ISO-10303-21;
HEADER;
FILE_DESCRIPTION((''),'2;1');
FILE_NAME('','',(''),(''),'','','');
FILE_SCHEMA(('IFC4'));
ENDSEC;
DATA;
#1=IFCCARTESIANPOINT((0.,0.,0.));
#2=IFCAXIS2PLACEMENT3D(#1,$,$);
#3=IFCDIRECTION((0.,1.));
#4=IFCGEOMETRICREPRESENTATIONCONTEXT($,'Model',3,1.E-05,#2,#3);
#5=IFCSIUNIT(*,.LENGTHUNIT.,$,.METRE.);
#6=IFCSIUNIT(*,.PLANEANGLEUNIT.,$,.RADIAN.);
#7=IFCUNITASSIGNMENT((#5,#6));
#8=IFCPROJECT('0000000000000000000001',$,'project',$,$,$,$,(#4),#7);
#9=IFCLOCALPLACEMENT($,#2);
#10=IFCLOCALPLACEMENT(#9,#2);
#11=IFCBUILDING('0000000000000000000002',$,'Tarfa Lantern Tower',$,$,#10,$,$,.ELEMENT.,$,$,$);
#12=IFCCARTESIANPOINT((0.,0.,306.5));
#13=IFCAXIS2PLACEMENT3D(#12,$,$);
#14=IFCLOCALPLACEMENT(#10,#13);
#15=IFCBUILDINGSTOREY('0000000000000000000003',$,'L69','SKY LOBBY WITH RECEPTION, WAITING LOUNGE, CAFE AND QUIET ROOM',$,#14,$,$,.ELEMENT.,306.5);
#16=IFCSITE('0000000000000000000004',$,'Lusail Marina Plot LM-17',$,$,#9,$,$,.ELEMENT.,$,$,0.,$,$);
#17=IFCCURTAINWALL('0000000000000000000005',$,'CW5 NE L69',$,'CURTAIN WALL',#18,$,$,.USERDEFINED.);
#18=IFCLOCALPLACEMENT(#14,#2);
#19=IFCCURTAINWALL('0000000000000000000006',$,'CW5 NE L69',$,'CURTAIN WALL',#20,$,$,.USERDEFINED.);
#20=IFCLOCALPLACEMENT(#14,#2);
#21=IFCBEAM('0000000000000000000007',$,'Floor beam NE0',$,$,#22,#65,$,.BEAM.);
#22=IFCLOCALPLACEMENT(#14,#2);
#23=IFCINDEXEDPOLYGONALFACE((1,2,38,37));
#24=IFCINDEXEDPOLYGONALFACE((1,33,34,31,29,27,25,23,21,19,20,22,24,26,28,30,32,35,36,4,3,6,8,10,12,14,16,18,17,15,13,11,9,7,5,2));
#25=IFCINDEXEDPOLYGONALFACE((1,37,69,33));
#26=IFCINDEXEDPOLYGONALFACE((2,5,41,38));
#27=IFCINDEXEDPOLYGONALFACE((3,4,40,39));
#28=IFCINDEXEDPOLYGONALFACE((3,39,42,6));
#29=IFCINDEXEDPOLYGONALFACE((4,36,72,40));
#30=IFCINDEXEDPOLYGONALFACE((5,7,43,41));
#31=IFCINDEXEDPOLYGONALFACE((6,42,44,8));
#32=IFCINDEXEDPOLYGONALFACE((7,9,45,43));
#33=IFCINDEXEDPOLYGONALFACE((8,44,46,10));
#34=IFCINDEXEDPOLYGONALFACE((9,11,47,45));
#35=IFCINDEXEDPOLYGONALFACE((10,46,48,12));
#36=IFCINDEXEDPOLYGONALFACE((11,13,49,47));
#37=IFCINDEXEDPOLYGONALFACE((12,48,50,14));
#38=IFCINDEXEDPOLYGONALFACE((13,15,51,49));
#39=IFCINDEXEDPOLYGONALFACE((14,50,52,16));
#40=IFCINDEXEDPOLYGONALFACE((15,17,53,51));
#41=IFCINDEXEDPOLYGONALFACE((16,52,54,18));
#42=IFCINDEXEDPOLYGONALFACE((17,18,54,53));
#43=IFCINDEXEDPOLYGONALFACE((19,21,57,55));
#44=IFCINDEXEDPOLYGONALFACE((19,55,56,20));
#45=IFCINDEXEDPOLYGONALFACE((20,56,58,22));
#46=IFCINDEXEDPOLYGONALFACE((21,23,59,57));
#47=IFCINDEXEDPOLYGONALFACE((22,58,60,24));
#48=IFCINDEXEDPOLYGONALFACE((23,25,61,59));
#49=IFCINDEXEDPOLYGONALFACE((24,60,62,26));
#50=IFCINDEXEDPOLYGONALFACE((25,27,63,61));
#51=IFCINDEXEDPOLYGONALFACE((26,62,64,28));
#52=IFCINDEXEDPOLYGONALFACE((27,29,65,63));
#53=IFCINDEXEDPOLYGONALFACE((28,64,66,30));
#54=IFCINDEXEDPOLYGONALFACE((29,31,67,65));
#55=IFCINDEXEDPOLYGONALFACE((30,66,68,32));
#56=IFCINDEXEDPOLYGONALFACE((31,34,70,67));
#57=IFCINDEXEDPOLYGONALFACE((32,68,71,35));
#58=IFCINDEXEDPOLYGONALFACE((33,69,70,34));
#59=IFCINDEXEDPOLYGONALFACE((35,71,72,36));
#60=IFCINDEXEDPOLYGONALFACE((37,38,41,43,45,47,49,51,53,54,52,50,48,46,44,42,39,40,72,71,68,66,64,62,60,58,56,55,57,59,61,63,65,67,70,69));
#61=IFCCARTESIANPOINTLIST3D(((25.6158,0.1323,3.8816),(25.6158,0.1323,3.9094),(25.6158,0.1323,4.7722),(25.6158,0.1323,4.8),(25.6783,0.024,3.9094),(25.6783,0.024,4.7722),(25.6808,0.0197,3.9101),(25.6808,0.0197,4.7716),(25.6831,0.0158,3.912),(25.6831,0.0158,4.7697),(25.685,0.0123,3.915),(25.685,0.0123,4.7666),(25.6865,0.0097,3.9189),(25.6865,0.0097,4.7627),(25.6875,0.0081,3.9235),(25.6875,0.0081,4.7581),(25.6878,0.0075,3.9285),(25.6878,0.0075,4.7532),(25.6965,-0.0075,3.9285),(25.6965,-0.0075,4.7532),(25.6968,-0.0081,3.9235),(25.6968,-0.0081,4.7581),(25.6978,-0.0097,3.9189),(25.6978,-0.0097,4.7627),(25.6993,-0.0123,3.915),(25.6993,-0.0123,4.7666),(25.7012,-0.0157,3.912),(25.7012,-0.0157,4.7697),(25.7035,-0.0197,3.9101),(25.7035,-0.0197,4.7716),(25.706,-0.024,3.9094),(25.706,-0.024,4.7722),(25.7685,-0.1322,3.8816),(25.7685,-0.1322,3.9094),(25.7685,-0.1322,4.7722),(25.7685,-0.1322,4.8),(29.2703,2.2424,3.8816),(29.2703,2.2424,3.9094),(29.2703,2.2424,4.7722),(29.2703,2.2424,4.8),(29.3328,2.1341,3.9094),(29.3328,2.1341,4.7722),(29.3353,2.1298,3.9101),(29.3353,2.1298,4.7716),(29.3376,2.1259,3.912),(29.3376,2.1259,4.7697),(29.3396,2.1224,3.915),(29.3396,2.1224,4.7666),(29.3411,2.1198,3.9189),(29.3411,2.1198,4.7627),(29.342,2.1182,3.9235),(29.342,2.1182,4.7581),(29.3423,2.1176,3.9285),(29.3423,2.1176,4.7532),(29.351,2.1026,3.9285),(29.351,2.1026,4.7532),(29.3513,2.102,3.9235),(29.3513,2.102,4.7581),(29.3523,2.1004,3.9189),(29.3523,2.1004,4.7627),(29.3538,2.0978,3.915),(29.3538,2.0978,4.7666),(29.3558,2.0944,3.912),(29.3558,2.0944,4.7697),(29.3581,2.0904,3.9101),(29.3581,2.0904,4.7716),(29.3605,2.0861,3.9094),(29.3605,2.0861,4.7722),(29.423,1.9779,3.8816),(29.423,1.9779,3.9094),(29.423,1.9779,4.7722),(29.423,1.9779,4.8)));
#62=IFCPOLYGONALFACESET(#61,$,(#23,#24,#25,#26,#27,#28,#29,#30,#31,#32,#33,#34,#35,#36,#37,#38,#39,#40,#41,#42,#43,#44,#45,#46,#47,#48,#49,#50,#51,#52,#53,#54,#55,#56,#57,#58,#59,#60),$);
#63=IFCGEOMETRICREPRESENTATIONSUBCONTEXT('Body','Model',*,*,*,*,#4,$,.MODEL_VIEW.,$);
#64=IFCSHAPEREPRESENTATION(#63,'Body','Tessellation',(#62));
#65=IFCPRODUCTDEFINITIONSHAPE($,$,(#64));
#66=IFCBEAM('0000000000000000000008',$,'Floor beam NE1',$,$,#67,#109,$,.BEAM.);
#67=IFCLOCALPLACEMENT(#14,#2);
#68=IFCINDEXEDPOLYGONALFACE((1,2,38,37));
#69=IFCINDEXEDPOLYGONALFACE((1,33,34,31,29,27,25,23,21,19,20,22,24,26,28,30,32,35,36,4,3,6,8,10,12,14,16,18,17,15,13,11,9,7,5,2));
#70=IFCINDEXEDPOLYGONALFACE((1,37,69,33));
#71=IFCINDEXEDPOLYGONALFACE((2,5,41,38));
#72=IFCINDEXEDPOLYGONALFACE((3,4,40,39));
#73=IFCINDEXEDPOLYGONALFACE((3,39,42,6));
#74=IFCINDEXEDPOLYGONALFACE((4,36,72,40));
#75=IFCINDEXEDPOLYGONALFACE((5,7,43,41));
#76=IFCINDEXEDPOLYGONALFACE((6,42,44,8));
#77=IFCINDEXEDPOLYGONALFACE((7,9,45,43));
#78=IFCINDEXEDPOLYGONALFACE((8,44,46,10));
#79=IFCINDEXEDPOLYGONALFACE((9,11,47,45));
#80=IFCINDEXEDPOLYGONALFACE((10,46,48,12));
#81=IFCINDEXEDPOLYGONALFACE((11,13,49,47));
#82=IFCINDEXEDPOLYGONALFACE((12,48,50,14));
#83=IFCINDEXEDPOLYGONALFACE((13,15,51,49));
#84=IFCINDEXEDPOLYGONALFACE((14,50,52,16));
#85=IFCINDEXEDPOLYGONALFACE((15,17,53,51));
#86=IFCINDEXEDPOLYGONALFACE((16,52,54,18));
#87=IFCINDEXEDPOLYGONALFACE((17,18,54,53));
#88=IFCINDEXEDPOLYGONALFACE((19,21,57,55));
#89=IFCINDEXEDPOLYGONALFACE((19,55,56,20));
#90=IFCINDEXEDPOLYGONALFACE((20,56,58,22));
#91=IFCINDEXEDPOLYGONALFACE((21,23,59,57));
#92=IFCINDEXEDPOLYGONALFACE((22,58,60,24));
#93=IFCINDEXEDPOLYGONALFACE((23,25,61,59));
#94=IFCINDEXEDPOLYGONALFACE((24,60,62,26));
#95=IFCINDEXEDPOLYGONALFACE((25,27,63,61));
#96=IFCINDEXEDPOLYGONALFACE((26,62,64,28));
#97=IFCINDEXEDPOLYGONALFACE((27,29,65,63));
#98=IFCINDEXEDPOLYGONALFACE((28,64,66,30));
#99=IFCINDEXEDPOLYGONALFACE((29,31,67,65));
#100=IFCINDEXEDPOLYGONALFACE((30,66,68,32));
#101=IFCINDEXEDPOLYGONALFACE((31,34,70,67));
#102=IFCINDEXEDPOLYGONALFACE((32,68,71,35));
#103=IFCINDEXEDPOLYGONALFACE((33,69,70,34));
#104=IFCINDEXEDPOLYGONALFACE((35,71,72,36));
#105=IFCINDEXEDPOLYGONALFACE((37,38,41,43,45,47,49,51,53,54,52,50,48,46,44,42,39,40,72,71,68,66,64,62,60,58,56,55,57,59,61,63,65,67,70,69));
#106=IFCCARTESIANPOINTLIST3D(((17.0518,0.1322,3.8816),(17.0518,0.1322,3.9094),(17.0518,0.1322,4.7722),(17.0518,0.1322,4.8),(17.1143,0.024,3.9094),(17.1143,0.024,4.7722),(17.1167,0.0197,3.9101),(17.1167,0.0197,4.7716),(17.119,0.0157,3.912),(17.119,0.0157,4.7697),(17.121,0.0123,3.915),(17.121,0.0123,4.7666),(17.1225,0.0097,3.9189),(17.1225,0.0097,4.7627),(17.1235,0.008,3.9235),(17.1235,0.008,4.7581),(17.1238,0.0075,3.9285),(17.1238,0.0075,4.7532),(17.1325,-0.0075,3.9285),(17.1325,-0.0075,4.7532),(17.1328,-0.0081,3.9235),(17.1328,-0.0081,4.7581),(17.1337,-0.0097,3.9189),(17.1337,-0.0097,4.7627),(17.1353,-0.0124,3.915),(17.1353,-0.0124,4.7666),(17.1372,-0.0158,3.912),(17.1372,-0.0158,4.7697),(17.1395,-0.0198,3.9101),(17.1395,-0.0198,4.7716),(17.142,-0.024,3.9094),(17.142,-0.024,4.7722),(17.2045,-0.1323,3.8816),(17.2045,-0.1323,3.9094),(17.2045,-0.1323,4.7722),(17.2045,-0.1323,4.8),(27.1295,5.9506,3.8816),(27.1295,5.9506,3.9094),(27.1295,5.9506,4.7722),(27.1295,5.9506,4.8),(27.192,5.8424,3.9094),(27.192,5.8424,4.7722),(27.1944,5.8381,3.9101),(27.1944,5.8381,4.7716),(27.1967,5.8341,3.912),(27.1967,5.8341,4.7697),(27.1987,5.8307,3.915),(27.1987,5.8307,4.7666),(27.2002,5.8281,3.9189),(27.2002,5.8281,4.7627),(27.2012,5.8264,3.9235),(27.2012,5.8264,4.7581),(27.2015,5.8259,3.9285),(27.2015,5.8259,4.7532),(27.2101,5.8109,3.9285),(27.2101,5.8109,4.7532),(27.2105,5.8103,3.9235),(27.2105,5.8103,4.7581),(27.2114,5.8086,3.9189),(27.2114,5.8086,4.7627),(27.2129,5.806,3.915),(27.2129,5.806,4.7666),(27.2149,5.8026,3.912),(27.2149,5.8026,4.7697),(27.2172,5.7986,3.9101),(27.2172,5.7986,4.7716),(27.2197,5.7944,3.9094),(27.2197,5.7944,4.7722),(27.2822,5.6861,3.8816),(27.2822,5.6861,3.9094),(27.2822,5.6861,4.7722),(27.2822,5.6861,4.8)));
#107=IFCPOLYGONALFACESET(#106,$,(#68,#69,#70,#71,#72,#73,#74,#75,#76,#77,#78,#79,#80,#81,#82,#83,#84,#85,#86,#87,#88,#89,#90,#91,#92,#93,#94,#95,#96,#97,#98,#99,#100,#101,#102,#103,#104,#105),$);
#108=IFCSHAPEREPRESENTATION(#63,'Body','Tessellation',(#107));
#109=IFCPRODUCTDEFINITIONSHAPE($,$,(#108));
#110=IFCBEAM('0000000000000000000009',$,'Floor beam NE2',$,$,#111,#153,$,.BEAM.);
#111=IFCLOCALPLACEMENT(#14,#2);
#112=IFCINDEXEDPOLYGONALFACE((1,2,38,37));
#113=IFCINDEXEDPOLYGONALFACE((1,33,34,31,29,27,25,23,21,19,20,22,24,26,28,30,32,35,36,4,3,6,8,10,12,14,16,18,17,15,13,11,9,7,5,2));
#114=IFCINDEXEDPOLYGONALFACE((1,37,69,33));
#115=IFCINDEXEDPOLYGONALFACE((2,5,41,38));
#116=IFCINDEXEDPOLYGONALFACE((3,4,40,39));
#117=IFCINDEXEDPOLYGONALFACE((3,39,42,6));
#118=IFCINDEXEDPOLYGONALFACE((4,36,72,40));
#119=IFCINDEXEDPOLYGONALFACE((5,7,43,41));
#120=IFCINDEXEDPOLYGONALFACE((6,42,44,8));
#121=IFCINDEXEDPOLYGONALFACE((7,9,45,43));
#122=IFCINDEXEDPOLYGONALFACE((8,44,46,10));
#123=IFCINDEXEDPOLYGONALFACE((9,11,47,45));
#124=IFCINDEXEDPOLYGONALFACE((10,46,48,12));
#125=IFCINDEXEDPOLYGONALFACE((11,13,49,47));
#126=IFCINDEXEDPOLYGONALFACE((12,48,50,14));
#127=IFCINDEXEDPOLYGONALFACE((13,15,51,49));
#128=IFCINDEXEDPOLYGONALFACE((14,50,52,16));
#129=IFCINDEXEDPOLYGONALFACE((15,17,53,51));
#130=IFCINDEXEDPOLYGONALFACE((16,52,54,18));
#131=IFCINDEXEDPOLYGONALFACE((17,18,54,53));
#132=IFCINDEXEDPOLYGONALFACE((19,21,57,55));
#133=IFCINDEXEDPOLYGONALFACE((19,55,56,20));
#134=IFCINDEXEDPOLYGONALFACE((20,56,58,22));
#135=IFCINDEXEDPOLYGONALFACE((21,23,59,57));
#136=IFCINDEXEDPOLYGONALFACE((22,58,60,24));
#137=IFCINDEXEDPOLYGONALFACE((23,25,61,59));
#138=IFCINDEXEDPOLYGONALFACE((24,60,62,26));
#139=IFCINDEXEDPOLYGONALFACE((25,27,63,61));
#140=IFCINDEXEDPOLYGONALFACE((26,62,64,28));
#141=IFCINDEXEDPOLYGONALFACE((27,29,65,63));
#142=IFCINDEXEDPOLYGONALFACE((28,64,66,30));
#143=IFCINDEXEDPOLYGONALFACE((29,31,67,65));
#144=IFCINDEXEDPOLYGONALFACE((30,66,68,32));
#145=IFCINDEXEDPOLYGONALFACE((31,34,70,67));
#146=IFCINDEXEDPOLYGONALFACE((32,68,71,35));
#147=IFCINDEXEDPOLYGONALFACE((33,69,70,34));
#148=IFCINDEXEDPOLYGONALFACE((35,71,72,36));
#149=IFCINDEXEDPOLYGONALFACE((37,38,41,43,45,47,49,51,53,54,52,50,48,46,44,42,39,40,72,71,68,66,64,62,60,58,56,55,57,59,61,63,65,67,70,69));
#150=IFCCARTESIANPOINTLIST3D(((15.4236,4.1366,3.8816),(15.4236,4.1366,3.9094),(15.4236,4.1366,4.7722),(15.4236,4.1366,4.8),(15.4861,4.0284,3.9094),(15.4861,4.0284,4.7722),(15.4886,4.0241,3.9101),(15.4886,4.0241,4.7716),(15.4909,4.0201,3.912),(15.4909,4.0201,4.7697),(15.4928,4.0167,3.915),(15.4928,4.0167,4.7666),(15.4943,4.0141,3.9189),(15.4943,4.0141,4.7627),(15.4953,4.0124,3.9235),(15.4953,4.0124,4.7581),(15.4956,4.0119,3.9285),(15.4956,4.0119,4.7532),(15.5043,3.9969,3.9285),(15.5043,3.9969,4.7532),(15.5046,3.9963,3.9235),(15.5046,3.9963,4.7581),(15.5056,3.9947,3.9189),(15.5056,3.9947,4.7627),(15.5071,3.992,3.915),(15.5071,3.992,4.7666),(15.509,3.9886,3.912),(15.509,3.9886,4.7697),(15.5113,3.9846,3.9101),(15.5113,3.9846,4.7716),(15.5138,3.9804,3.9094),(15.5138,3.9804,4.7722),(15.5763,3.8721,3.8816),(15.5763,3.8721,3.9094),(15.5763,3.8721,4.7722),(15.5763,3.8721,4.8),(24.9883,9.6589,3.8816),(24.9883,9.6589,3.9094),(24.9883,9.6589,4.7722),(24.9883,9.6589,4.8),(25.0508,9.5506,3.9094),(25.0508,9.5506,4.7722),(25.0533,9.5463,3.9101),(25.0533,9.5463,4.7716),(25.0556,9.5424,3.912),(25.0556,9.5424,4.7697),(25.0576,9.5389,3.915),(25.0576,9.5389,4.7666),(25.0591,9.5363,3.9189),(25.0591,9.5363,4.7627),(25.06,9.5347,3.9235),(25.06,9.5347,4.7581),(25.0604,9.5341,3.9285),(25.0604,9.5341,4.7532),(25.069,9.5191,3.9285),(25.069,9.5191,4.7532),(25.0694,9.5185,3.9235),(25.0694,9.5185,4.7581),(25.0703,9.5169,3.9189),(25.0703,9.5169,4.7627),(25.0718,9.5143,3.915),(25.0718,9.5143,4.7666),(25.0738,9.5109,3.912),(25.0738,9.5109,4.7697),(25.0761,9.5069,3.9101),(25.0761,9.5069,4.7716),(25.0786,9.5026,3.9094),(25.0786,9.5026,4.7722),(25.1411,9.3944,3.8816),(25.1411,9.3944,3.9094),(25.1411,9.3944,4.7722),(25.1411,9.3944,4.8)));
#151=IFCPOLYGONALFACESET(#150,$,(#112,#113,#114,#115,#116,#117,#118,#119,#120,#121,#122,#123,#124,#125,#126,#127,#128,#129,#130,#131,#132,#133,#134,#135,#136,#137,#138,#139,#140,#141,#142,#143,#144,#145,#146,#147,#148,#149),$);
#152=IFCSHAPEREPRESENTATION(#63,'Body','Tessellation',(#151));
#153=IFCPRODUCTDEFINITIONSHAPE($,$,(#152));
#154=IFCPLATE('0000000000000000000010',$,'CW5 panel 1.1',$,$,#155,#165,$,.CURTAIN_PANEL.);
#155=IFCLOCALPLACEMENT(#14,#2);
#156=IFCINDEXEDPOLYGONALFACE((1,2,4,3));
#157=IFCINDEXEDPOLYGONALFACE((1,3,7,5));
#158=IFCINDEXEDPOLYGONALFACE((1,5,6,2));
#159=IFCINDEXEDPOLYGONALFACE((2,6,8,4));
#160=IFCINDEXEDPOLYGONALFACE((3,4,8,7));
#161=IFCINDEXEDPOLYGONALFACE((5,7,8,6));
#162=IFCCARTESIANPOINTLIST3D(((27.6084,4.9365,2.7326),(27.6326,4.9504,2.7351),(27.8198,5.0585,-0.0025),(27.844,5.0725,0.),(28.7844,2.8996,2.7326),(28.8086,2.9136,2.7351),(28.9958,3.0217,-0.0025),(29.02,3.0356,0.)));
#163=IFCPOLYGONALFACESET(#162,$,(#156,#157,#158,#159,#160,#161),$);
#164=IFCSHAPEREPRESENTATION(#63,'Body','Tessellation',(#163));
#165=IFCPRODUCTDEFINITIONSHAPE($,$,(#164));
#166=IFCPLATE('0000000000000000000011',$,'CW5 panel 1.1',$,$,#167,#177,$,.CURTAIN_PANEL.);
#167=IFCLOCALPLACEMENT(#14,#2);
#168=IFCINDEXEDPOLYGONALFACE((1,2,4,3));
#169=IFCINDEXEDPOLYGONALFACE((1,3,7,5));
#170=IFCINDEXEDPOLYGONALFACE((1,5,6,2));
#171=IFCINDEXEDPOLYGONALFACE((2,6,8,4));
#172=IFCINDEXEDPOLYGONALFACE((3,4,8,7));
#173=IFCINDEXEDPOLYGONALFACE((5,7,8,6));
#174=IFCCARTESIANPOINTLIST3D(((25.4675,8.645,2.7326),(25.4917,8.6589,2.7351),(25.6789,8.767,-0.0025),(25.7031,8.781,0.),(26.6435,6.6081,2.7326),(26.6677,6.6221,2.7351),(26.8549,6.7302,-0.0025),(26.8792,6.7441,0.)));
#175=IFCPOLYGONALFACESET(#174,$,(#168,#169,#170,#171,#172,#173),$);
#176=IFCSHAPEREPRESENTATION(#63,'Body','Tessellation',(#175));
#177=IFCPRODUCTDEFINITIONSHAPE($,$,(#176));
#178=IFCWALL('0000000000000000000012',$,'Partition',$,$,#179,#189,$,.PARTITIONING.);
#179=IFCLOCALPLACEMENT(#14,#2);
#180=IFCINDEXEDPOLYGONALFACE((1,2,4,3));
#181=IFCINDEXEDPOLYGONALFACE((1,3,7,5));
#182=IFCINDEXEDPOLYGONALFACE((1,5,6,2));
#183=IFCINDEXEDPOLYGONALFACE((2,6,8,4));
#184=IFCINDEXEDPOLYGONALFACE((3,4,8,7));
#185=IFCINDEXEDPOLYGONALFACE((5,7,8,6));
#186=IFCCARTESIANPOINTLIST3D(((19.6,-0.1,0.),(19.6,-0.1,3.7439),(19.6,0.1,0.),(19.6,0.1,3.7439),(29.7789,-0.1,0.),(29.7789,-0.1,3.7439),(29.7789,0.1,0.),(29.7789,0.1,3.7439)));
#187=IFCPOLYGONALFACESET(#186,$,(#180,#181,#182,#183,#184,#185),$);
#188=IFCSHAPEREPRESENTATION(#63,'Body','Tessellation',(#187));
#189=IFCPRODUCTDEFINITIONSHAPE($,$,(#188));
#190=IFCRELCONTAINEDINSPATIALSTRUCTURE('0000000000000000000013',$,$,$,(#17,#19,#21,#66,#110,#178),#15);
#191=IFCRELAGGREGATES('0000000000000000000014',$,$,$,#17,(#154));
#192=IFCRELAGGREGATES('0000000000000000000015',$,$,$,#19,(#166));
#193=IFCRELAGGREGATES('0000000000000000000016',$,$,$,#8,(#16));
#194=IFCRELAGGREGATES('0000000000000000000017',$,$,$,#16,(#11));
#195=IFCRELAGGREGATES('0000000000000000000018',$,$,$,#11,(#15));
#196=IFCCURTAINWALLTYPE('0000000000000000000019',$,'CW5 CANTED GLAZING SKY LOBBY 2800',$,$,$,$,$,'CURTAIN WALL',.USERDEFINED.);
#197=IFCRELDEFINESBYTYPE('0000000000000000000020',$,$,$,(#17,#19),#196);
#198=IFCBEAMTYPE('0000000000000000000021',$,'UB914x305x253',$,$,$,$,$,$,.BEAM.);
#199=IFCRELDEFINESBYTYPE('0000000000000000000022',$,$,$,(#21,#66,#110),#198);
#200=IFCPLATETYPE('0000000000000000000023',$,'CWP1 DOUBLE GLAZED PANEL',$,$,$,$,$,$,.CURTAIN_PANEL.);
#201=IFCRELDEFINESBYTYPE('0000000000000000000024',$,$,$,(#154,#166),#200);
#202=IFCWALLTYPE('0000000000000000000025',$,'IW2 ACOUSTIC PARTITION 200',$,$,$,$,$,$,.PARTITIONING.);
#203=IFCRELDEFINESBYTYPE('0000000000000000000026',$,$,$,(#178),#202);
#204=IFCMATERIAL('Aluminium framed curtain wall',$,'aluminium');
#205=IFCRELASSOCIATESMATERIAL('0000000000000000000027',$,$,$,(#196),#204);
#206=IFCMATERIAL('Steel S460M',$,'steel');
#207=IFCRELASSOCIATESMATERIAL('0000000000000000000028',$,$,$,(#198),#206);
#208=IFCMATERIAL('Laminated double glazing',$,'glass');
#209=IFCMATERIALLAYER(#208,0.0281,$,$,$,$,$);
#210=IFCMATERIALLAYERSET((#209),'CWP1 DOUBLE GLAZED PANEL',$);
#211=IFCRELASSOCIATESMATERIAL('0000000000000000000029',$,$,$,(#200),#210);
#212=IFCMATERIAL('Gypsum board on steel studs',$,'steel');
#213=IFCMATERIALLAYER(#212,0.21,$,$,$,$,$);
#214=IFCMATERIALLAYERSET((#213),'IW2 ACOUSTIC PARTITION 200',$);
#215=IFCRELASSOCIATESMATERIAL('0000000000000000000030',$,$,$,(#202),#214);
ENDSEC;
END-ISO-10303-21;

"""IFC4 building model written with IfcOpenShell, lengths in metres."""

from ifc_helpers import new_model, si_unit, direction, frame, frame_2d, origin, origin_2d, place, context, subcontext, project, spatial, polyline, rectangle, i_section, outline, extrude, material, layer, layer_set, material_profile, profile_set, type_object, element, aggregate, save


model = new_model("IFC4")

# Units and contexts
model_context = context("Model", 3, precision=1e-05, world=origin(), true_north=direction((0.0, 1.0)))
body_context = subcontext(model_context, "Body", "Model", "MODEL_VIEW")
ifc_project = project(units=[si_unit("LENGTHUNIT", "METRE"), si_unit("PLANEANGLEUNIT", "RADIAN")], contexts=[model_context])

# Site, building, storey
site_placement = place(None, origin())
site = spatial("IfcSite", under=ifc_project, at=site_placement, Name="Lusail Marina Plot LM-17", CompositionType="ELEMENT", RefElevation=0.0)
building_placement = place(site_placement, origin())
building = spatial("IfcBuilding", under=site, at=building_placement, Name="Tarfa Lantern Tower", CompositionType="ELEMENT")
storey_placement = place(building_placement, frame((0.0, 0.0, 306.5)))
storey = spatial("IfcBuildingStorey", under=building, at=storey_placement, Name="L69", Description="SKY LOBBY WITH RECEPTION, WAITING LOUNGE, CAFE AND QUIET ROOM", CompositionType="ELEMENT", Elevation=306.5)

# Shared definitions
ifc_material_1 = material(Name="Steel S460M", Category="steel")

# Curtain walls
ifc_material_2 = material(Name="Aluminium framed curtain wall", Category="aluminium")
curtain_wall_type = type_object("IfcCurtainWallType", Name="CW5 CANTED GLAZING SKY LOBBY 2800", ElementType="CURTAIN WALL", PredefinedType="USERDEFINED", material=ifc_material_2)
curtain_wall_1_placement = place(storey_placement, origin())
curtain_wall_1 = element("IfcCurtainWall", 1, at=curtain_wall_1_placement, inside=storey, type_object=curtain_wall_type, Name="CW5 NE L69", ObjectType="CURTAIN WALL", PredefinedType="USERDEFINED")
curtain_wall_2_placement = place(storey_placement, origin())
curtain_wall_2 = element("IfcCurtainWall", 2, at=curtain_wall_2_placement, inside=storey, type_object=curtain_wall_type, Name="CW5 NE L69", ObjectType="CURTAIN WALL", PredefinedType="USERDEFINED")

# Beams
ifc_material_profile_1 = material_profile(ifc_material_1, i_section(OverallWidth=0.3054, OverallDepth=0.9185, WebThickness=0.0173, FlangeThickness=0.0278, FilletRadius=0.019, at=origin_2d()), Name="UB914x305x253")
ifc_profile_set_1 = profile_set([ifc_material_profile_1], Name="Steel S460M")
beam_type_1 = type_object("IfcBeamType", Name="UB914x305x253", PredefinedType="BEAM", material=ifc_profile_set_1)
beam_1_placement = place(storey_placement, frame((29.3467, 2.1101, 4.3408), z_axis=(-0.866009, -0.500028, 0.0), x_axis=(0.500028, -0.866009, 0.0)))
element("IfcBeam", 3, at=beam_1_placement, inside=storey, type_object=beam_type_1, Name="Floor beam NE0", PredefinedType="BEAM", context=body_context, shape_type="SweptSolid", body=[
    extrude(i_section(OverallWidth=0.3054, OverallDepth=0.9185, WebThickness=0.0173, FlangeThickness=0.0278, FilletRadius=0.019, at=origin_2d()), origin(), (0.0, 0.0, 1.0), 4.22),
])
beam_2_placement = place(storey_placement, frame((27.2058, 5.8184, 4.3408), z_axis=(-0.866024, -0.500002, 0.0), x_axis=(0.500002, -0.866024, 0.0)))
element("IfcBeam", 4, at=beam_2_placement, inside=storey, type_object=beam_type_1, Name="Floor beam NE1", PredefinedType="BEAM", context=body_context, shape_type="SweptSolid", body=[
    extrude(i_section(OverallWidth=0.3054, OverallDepth=0.9185, WebThickness=0.0173, FlangeThickness=0.0278, FilletRadius=0.019, at=origin_2d()), origin(), (0.0, 0.0, 1.0), 11.6367),
])
beam_3_placement = place(storey_placement, frame((25.0647, 9.5266, 4.3408), z_axis=(-0.866024, -0.500002, 0.0), x_axis=(0.500002, -0.866024, 0.0)))
element("IfcBeam", 5, at=beam_3_placement, inside=storey, type_object=beam_type_1, Name="Floor beam NE2", PredefinedType="BEAM", context=body_context, shape_type="SweptSolid", body=[
    extrude(i_section(OverallWidth=0.3054, OverallDepth=0.9185, WebThickness=0.0173, FlangeThickness=0.0278, FilletRadius=0.019, at=origin_2d()), origin(), (0.0, 0.0, 1.0), 11.0444),
])

# Plates
ifc_material_3 = material(Name="Laminated double glazing", Category="glass")
ifc_layer_1 = layer(ifc_material_3, 0.0281)
ifc_layer_set_1 = layer_set([ifc_layer_1], Name="CWP1 DOUBLE GLAZED PANEL")
plate_type = type_object("IfcPlateType", Name="CWP1 DOUBLE GLAZED PANEL", PredefinedType="CURTAIN_PANEL", material=ifc_layer_set_1)
plate_1_placement = place(storey_placement, frame((29.02, 3.0356, 0.0), z_axis=(0.862588, 0.498033, 0.088906), x_axis=(-0.500013, 0.866018, 0.0)))
plate_1 = element("IfcPlate", 6, at=plate_1_placement, type_object=plate_type, Name="CW5 panel 1.1", PredefinedType="CURTAIN_PANEL", context=body_context, shape_type="SweptSolid", body=[
    extrude(outline(polyline([(0.0, 0.0), (2.352, 0.0), (2.352, 2.746), (0.0, 2.746), (0.0, 0.0)])), origin(), (0.0, 0.0, -1.0), 0.0281),
])
aggregate(curtain_wall_1, [plate_1])
plate_2_placement = place(storey_placement, frame((26.8792, 6.7441, 0.0), z_axis=(0.862588, 0.498033, 0.088906), x_axis=(-0.500013, 0.866018, 0.0)))
plate_2 = element("IfcPlate", 7, at=plate_2_placement, type_object=plate_type, Name="CW5 panel 1.1", PredefinedType="CURTAIN_PANEL", context=body_context, shape_type="SweptSolid", body=[
    extrude(outline(polyline([(0.0, 0.0), (2.352, 0.0), (2.352, 2.746), (0.0, 2.746), (0.0, 0.0)])), origin(), (0.0, 0.0, -1.0), 0.0281),
])
aggregate(curtain_wall_2, [plate_2])

# Wall
ifc_material_4 = material(Name="Gypsum board on steel studs", Category="steel")
ifc_layer_2 = layer(ifc_material_4, 0.21)
ifc_layer_set_2 = layer_set([ifc_layer_2], Name="IW2 ACOUSTIC PARTITION 200")
wall_type = type_object("IfcWallType", Name="IW2 ACOUSTIC PARTITION 200", PredefinedType="PARTITIONING", material=ifc_layer_set_2)
wall_placement = place(storey_placement, frame((19.6001, 0.0, 0.0), z_axis=(0.0, 0.0, 1.0), x_axis=(1.0, 0.0, 0.0)))
element("IfcWall", 8, at=wall_placement, inside=storey, type_object=wall_type, Name="Partition", PredefinedType="PARTITIONING", context=body_context, shape_type="SweptSolid", body=[
    extrude(rectangle(XDim=10.179, YDim=0.2, at=frame_2d((5.0894, 0.0))), origin(), (0.0, 0.0, 1.0), 3.7439),
])

save(model, "model.ifc")
